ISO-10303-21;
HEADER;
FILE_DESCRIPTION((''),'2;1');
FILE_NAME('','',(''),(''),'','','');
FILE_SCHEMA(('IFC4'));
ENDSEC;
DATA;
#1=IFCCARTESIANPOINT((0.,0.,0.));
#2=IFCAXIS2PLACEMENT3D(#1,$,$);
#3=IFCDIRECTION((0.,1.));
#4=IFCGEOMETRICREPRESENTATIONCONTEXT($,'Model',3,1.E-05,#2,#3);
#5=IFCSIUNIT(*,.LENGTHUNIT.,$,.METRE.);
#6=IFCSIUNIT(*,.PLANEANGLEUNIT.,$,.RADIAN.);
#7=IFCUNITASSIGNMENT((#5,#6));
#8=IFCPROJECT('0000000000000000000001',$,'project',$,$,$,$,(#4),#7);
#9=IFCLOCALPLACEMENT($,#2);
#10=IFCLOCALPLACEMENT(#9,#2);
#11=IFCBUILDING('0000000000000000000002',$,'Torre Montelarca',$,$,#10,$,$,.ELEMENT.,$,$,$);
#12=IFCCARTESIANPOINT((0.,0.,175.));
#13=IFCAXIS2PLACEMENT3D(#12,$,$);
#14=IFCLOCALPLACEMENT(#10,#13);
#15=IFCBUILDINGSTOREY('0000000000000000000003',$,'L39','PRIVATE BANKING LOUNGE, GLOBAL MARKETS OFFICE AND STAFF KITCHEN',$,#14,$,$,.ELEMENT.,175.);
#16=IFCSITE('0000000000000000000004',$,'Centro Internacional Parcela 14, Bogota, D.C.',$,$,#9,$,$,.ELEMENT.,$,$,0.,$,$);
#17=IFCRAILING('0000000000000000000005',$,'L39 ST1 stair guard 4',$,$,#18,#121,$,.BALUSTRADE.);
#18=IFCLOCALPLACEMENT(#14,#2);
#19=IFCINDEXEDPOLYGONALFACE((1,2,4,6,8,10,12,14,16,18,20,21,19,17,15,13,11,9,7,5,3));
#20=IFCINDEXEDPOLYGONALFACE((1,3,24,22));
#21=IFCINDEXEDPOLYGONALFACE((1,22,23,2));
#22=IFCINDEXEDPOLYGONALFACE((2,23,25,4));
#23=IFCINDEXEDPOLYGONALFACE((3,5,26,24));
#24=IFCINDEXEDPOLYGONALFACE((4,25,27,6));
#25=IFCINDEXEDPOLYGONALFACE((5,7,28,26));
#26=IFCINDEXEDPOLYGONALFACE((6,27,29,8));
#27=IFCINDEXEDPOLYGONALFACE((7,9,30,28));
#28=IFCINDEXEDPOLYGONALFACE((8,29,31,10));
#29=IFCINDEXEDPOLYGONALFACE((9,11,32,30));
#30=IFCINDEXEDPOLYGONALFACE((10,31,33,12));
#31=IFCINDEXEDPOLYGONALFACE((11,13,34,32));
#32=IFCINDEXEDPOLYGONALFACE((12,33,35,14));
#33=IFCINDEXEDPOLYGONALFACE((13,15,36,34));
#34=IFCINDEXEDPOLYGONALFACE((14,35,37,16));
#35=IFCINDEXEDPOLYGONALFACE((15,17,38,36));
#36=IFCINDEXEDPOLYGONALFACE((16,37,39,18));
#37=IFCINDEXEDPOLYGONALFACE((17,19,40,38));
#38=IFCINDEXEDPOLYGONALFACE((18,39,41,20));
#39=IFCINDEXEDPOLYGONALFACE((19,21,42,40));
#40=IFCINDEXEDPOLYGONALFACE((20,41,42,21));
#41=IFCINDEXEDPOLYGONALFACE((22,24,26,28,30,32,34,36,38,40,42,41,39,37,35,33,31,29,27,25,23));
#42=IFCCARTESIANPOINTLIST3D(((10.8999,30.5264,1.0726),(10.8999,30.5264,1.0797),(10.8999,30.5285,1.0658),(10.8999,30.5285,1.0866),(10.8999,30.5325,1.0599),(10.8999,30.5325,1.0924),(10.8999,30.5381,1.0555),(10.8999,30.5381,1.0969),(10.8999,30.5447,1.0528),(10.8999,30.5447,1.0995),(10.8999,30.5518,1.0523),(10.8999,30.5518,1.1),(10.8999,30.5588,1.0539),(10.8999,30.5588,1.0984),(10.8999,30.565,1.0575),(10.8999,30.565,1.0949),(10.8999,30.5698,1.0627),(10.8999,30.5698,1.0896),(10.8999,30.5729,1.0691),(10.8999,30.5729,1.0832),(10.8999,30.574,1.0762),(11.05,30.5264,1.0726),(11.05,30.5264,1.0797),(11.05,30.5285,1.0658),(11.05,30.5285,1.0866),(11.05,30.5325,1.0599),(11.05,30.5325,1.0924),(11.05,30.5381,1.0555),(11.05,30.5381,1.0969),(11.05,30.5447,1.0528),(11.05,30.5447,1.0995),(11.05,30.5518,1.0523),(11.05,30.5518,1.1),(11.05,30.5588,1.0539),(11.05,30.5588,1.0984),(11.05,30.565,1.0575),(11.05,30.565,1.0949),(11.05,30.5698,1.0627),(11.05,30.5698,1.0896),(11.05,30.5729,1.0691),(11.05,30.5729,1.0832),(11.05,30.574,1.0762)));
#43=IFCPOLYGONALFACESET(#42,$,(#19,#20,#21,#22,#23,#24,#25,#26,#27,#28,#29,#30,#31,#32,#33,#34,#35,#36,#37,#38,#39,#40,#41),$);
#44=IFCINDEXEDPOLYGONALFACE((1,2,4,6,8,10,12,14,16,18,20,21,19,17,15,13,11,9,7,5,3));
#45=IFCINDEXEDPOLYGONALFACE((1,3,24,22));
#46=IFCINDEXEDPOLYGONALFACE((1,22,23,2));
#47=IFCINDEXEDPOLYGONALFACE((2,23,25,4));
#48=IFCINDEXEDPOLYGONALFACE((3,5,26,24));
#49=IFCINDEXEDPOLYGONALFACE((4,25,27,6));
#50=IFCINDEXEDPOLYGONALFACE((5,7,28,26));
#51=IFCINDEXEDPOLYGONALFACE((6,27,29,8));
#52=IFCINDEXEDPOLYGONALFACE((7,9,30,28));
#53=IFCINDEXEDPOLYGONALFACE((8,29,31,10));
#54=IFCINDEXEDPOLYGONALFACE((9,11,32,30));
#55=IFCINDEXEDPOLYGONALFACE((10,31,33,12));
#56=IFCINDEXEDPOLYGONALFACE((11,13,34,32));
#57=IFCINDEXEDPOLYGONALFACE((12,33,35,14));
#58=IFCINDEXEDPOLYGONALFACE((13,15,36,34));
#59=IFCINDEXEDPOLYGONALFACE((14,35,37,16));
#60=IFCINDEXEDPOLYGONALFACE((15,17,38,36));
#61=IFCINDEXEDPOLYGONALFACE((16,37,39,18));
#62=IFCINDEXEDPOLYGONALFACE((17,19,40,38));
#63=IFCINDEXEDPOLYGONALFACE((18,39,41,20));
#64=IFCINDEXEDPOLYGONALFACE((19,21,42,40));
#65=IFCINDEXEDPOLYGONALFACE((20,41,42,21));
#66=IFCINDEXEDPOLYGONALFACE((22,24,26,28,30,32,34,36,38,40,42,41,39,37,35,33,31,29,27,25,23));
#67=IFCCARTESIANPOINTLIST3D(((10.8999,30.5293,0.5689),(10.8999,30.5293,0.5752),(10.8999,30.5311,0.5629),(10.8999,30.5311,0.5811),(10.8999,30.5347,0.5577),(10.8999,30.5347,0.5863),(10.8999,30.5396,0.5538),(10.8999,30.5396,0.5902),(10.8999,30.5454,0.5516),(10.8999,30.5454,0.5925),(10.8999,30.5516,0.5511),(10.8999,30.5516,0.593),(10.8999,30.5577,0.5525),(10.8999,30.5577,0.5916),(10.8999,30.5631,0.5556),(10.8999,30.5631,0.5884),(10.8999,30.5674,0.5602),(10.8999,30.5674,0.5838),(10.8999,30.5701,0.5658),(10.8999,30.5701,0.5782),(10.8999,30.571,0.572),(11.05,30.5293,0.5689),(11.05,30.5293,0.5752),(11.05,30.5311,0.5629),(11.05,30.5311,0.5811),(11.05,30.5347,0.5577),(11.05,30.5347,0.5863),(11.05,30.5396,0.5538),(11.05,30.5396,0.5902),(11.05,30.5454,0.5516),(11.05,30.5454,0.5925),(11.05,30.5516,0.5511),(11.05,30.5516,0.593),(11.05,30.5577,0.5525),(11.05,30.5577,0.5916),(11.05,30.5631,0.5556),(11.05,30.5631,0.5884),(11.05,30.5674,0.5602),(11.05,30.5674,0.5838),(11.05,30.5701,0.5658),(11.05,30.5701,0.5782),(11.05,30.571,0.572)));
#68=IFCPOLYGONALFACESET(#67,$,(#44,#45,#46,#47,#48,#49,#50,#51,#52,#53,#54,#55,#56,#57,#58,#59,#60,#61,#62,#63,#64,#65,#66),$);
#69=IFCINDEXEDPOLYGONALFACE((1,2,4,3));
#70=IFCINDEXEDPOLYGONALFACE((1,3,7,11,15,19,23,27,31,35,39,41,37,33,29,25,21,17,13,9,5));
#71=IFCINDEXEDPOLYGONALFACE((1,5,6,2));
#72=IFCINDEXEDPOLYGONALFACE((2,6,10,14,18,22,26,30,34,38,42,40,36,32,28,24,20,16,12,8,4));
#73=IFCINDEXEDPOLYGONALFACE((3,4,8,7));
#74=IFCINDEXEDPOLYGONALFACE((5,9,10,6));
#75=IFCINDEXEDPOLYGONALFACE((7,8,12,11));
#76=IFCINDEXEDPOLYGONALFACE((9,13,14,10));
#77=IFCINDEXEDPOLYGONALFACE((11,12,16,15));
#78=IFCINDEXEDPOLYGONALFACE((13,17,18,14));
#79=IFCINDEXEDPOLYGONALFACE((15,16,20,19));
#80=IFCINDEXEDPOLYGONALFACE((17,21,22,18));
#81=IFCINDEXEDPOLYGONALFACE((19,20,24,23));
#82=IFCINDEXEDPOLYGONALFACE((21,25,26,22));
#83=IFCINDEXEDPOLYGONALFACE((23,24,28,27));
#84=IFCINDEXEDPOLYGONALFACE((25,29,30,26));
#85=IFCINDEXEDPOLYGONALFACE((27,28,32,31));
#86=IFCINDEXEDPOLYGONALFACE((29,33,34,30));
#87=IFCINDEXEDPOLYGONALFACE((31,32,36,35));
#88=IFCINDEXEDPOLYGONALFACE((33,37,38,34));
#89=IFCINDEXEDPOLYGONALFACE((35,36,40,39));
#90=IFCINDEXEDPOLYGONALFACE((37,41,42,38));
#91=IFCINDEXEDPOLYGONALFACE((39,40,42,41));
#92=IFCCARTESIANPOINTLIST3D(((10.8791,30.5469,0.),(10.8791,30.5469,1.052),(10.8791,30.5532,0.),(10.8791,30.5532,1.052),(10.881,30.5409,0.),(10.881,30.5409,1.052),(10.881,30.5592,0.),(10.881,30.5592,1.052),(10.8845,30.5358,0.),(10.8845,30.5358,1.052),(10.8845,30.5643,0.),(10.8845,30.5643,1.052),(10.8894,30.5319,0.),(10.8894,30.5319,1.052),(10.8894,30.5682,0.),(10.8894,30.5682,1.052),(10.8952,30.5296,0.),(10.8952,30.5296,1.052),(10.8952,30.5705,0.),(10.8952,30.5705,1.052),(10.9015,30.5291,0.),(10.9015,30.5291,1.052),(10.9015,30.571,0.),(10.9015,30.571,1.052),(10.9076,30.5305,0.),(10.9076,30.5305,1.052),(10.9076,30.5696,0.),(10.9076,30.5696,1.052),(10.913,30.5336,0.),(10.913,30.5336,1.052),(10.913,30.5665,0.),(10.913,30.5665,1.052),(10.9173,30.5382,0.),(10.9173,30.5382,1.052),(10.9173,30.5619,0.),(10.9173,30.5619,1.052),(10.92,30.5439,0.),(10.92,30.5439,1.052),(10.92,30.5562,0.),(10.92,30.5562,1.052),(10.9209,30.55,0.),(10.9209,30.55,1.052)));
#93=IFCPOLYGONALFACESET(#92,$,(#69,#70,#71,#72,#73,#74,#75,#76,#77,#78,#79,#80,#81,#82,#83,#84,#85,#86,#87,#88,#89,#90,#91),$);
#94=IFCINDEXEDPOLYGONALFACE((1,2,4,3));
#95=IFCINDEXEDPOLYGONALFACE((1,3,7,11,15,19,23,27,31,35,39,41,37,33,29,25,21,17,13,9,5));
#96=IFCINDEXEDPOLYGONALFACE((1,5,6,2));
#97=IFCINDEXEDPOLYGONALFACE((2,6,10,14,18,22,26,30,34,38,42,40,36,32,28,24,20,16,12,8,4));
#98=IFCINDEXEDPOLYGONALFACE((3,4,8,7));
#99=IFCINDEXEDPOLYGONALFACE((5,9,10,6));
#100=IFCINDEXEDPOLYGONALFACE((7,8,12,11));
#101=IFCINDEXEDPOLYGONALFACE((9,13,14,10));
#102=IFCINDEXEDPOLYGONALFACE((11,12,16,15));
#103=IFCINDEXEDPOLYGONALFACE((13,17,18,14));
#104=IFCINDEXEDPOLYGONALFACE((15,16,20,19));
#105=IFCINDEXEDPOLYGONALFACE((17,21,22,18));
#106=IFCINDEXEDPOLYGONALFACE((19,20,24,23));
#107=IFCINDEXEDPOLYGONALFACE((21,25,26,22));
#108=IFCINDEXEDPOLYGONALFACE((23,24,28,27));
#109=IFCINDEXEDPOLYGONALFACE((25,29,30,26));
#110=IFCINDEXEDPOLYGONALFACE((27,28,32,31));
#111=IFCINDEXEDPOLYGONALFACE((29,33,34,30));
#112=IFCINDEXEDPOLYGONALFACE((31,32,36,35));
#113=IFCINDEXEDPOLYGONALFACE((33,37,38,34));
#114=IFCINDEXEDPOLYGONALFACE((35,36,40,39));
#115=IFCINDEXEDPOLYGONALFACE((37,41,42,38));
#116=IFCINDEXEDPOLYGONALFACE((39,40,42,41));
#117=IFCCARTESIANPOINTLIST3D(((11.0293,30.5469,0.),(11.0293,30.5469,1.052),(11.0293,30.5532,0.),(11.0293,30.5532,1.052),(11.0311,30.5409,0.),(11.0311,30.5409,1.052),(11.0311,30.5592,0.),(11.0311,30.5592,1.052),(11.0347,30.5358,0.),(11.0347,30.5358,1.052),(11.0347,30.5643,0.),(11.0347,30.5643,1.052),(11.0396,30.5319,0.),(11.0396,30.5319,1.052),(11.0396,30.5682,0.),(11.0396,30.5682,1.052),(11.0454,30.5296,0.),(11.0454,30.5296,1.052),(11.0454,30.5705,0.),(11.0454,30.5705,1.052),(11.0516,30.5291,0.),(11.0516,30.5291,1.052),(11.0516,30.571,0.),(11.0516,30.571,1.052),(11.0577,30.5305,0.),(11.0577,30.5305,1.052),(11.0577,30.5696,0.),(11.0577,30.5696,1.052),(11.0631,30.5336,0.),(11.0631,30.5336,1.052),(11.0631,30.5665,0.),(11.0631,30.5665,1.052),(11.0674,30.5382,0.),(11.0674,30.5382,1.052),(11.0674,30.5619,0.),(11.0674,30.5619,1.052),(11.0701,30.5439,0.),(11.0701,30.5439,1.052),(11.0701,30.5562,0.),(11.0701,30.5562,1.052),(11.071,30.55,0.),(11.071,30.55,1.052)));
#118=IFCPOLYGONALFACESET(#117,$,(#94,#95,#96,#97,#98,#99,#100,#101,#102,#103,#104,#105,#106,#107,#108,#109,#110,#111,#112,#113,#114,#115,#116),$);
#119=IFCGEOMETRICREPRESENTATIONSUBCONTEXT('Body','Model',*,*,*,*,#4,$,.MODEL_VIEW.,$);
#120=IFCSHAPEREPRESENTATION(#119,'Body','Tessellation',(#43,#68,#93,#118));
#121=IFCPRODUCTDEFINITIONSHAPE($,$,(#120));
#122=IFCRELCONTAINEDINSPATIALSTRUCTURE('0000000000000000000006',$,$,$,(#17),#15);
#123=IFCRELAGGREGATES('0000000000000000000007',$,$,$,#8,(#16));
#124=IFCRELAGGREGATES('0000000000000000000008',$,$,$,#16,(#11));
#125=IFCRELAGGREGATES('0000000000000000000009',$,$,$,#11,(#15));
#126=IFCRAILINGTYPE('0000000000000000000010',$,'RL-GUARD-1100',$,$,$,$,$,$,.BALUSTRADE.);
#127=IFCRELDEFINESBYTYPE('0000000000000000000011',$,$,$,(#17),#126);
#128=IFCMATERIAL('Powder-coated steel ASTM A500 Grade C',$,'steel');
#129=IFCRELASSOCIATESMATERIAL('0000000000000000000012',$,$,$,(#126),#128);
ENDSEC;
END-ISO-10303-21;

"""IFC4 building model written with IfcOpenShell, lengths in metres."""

from ifc_helpers import new_model, si_unit, direction, frame, origin, origin_2d, place, context, subcontext, project, spatial, circle, extrude, material, type_object, element, save


model = new_model("IFC4")

# Units and contexts
model_context = context("Model", 3, precision=1e-05, world=origin(), true_north=direction((0.0, 1.0)))
body_context = subcontext(model_context, "Body", "Model", "MODEL_VIEW")
ifc_project = project(units=[si_unit("LENGTHUNIT", "METRE"), si_unit("PLANEANGLEUNIT", "RADIAN")], contexts=[model_context])

# Site, building, storey
site_placement = place(None, origin())
site = spatial("IfcSite", under=ifc_project, at=site_placement, Name="Centro Internacional Parcela 14, Bogota, D.C.", CompositionType="ELEMENT", RefElevation=0.0)
building_placement = place(site_placement, origin())
building = spatial("IfcBuilding", under=site, at=building_placement, Name="Torre Montelarca", CompositionType="ELEMENT")
storey_placement = place(building_placement, frame((0.0, 0.0, 175.0)))
storey = spatial("IfcBuildingStorey", under=building, at=storey_placement, Name="L39", Description="PRIVATE BANKING LOUNGE, GLOBAL MARKETS OFFICE AND STAFF KITCHEN", CompositionType="ELEMENT", Elevation=175.0)

# Railing
ifc_material_1 = material(Name="Powder-coated steel ASTM A500 Grade C", Category="steel")
railing_type_1 = type_object("IfcRailingType", Name="RL-GUARD-1100", PredefinedType="BALUSTRADE", material=ifc_material_1)
railing_1_placement = place(storey_placement, frame((10.8999, 30.55, 0.0)))
element("IfcRailing", 1, at=railing_1_placement, inside=storey, type_object=railing_type_1, Name="L39 ST1 stair guard 4", PredefinedType="BALUSTRADE", context=body_context, shape_type="SweptSolid", body=[
    extrude(circle(Radius=0.0239, at=origin_2d()), frame((0.0, 0.0, 1.0762), z_axis=(1.0, 0.0, 0.0), x_axis=(0.0, 1.0, 0.0)), (0.0, 0.0, 1.0), 0.1501),
    extrude(circle(Radius=0.021, at=origin_2d()), frame((0.0, 0.0, 0.572), z_axis=(1.0, 0.0, 0.0), x_axis=(0.0, 1.0, 0.0)), (0.0, 0.0, 1.0), 0.1501),
    extrude(circle(Radius=0.021, at=origin_2d()), origin(), (0.0, 0.0, 1.0), 1.052),
    extrude(circle(Radius=0.021, at=origin_2d()), frame((0.1501, 0.0, 0.0)), (0.0, 0.0, 1.0), 1.052),
])

save(model, "model.ifc")
